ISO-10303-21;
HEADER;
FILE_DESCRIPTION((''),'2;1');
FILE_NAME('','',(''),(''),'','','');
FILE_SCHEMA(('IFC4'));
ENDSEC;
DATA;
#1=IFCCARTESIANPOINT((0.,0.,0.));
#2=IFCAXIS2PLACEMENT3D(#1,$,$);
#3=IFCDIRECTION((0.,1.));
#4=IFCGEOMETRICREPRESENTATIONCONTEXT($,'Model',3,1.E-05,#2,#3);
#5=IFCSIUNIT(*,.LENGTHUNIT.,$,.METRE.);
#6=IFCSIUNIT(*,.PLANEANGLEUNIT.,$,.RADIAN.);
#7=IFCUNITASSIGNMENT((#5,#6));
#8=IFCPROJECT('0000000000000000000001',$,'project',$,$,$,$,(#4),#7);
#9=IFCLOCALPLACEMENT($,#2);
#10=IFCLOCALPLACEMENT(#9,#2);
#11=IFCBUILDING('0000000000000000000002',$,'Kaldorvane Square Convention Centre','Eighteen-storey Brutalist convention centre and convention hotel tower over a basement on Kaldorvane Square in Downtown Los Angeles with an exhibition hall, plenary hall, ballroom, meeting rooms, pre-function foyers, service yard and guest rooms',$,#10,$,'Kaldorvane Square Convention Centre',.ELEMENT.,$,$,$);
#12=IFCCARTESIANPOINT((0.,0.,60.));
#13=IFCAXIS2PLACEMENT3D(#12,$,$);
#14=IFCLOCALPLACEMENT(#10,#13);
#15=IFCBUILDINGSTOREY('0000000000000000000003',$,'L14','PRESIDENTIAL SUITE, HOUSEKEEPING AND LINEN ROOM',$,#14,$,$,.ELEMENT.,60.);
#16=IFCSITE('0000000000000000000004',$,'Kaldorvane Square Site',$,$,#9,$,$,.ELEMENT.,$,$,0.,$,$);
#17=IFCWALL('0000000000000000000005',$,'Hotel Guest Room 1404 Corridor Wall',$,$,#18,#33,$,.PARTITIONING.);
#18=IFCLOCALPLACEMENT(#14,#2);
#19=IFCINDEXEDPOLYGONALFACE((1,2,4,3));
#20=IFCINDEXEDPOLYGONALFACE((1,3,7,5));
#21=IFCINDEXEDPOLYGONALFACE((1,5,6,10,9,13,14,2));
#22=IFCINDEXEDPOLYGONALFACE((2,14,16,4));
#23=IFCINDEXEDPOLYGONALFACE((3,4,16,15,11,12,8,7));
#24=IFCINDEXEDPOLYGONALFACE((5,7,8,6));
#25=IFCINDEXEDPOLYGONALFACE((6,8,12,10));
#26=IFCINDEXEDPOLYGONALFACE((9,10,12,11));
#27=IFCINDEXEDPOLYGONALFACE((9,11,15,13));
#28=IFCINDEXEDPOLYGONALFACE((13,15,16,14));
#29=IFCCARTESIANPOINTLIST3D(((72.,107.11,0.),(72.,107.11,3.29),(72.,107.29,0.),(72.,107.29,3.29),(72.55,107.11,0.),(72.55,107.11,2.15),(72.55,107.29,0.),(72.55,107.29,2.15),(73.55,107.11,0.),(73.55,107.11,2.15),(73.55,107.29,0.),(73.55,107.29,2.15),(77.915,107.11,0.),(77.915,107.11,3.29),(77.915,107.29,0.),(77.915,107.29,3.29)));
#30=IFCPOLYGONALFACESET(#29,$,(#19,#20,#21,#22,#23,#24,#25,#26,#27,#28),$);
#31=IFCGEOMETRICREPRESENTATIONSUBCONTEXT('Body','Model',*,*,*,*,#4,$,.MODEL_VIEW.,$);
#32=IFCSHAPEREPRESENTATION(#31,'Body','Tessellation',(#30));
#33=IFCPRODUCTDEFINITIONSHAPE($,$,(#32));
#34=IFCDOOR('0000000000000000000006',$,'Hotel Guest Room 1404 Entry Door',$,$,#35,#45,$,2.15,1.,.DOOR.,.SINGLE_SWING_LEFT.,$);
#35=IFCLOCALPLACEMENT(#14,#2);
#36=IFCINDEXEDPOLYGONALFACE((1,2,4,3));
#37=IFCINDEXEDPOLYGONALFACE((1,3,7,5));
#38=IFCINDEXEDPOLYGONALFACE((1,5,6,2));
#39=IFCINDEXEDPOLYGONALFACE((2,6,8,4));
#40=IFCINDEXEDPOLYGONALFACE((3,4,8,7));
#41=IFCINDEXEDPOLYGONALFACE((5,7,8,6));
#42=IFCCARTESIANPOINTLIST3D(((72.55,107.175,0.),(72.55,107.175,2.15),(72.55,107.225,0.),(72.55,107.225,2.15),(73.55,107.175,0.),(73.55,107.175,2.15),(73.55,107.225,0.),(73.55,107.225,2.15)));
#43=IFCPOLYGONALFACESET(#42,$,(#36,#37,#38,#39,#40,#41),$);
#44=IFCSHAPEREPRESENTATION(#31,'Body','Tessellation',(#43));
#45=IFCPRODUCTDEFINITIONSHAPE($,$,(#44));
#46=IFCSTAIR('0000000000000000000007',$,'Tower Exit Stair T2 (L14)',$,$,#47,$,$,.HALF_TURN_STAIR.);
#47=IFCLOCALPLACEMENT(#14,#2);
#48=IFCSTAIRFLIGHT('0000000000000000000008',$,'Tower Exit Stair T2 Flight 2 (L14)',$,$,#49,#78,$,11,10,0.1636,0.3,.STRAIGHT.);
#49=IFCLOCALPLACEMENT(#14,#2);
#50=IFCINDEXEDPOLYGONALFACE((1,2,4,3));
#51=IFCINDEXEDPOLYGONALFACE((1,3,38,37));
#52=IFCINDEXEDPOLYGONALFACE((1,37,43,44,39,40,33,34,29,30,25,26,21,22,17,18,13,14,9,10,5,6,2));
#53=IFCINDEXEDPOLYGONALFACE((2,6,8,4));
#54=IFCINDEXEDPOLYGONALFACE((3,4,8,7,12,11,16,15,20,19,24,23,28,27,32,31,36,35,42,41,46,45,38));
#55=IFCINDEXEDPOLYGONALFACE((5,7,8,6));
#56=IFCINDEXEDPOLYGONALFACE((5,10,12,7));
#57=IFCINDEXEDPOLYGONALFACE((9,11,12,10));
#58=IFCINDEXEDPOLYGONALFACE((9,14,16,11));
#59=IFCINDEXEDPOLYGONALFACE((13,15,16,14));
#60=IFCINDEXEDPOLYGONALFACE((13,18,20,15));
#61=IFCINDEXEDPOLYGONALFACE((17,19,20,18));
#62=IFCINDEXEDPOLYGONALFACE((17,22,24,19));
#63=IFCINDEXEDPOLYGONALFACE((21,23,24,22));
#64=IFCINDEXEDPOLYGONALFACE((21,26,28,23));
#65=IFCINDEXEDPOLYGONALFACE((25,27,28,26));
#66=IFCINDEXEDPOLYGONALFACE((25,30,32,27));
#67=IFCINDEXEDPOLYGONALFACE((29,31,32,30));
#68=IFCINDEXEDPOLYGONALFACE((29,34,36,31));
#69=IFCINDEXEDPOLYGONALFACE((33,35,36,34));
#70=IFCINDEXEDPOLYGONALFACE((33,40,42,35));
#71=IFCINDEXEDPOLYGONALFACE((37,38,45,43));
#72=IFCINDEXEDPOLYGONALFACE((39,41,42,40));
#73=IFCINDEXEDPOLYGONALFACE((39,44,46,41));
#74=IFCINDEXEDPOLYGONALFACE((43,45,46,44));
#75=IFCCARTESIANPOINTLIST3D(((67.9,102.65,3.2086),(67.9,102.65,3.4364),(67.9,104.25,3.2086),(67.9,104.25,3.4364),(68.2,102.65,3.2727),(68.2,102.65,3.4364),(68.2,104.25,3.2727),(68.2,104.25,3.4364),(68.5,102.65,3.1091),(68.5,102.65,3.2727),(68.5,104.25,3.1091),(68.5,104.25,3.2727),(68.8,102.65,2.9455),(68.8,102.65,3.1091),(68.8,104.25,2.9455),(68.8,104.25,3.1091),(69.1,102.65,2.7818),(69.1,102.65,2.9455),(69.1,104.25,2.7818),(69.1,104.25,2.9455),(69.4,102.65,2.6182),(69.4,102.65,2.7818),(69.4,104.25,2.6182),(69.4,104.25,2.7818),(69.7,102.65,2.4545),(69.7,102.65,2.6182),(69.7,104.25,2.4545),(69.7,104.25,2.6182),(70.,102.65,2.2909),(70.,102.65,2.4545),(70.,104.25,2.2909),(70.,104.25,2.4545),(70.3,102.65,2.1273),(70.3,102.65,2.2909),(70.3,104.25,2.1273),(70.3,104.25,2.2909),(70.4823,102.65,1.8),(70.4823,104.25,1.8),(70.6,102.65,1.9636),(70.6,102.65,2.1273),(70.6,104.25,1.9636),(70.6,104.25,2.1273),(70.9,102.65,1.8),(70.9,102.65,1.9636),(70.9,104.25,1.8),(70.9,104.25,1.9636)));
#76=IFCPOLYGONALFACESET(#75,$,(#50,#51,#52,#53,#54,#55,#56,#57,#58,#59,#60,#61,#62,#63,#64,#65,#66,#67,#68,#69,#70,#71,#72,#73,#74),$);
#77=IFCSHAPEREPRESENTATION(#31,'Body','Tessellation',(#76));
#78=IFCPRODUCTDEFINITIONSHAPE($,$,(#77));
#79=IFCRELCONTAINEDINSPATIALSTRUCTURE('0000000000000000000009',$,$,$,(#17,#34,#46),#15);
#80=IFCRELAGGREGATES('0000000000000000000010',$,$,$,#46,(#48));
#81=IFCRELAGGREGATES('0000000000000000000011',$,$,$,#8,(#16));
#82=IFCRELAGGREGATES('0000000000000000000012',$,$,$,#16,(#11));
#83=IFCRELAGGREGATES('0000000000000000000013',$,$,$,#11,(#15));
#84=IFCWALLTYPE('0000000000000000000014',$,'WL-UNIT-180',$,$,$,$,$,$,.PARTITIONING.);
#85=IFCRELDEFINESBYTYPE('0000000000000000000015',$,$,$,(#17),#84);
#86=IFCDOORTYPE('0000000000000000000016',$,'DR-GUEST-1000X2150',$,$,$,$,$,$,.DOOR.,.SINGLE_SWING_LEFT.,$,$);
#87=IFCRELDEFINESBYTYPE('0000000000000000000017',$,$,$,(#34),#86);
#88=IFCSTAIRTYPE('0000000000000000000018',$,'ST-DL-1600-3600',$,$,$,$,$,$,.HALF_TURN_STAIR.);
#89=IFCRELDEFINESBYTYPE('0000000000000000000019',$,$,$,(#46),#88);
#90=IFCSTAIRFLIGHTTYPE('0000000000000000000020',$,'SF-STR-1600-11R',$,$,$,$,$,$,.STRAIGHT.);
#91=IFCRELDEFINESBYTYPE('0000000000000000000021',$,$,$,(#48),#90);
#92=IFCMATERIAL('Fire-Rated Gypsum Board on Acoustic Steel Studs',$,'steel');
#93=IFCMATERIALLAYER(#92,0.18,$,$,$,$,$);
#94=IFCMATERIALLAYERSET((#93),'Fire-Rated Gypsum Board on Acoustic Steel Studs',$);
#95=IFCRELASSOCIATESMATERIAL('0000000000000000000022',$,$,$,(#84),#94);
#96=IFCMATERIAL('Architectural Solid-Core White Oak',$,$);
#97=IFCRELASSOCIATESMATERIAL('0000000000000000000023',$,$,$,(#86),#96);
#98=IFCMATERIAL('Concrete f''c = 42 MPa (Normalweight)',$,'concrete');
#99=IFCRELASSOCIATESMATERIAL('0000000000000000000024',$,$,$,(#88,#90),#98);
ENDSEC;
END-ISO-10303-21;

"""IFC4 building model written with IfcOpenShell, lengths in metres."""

from ifc_helpers import new_model, si_unit, direction, frame, frame_2d, origin, place, context, subcontext, project, spatial, polyline, rectangle, outline, extrude, material, layer, layer_set, type_object, element, fill, aggregate, save


model = new_model("IFC4")

# Units and contexts
model_context = context("Model", 3, precision=1e-05, world=origin(), true_north=direction((0.0, 1.0)))
body_context = subcontext(model_context, "Body", "Model", "MODEL_VIEW")
ifc_project = project(units=[si_unit("LENGTHUNIT", "METRE"), si_unit("PLANEANGLEUNIT", "RADIAN")], contexts=[model_context])

# Site, building, storey
site_placement = place(None, origin())
site = spatial("IfcSite", under=ifc_project, at=site_placement, Name="Kaldorvane Square Site", CompositionType="ELEMENT", RefElevation=0.0)
building_placement = place(site_placement, origin())
building = spatial("IfcBuilding", under=site, at=building_placement, Name="Kaldorvane Square Convention Centre", Description="Eighteen-storey Brutalist convention centre and convention hotel tower over a basement on Kaldorvane Square in Downtown Los Angeles with an exhibition hall, plenary hall, ballroom, meeting rooms, pre-function foyers, service yard and guest rooms", LongName="Kaldorvane Square Convention Centre", CompositionType="ELEMENT")
storey_placement = place(building_placement, frame((0.0, 0.0, 60.0)))
storey = spatial("IfcBuildingStorey", under=building, at=storey_placement, Name="L14", Description="PRESIDENTIAL SUITE, HOUSEKEEPING AND LINEN ROOM", CompositionType="ELEMENT", Elevation=60.0)

# Shared definitions
ifc_material_1 = material(Name="Concrete f'c = 42 MPa (Normalweight)", Category="concrete")

# Shared definitions
ifc_material_2 = material(Name="Fire-Rated Gypsum Board on Acoustic Steel Studs", Category="steel")
ifc_material_3 = material(Name="Architectural Solid-Core White Oak")

# Shared definitions
ifc_layer_1 = layer(ifc_material_2, 0.18)
ifc_layer_set_1 = layer_set([ifc_layer_1], Name="Fire-Rated Gypsum Board on Acoustic Steel Studs")
wall_type_1 = type_object("IfcWallType", Name="WL-UNIT-180", PredefinedType="PARTITIONING", material=ifc_layer_set_1)

# Wall, opening, door
wall_1_placement = place(storey_placement, frame((72.0, 107.2, 0.0), z_axis=(0.0, 0.0, 1.0), x_axis=(1.0, 0.0, 0.0)))
wall_1 = element("IfcWall", 1, at=wall_1_placement, inside=storey, type_object=wall_type_1, Name="Hotel Guest Room 1404 Corridor Wall", PredefinedType="PARTITIONING", context=body_context, shape_type="SweptSolid", body=[
    extrude(rectangle(XDim=5.915, YDim=0.18, at=frame_2d((2.9575, 0.0))), origin(), (0.0, 0.0, 1.0), 3.29),
])
opening_1_placement = place(wall_1_placement, frame((0.55, 0.0, 0.0)))
opening_1 = element("IfcOpeningElement", 2, at=opening_1_placement, cuts=wall_1, PredefinedType="OPENING", context=body_context, shape_type="SweptSolid", body=[
    extrude(rectangle(XDim=1.0, YDim=2.15, at=frame_2d((0.5, 1.075))), frame((0.0, 0.105, 0.0), z_axis=(0.0, -1.0, 0.0), x_axis=(1.0, 0.0, 0.0)), (0.0, 0.0, 1.0), 0.21),
])
door_type_1 = type_object("IfcDoorType", Name="DR-GUEST-1000X2150", OperationType="SINGLE_SWING_LEFT", PredefinedType="DOOR", material=ifc_material_3)
door_1_placement = place(opening_1_placement, origin())
door_1 = element("IfcDoor", 3, at=door_1_placement, inside=storey, type_object=door_type_1, Name="Hotel Guest Room 1404 Entry Door", OperationType="SINGLE_SWING_LEFT", OverallHeight=2.15, OverallWidth=1.0, PredefinedType="DOOR", context=body_context, shape_type="SweptSolid", body=[
    extrude(rectangle(XDim=1.0, YDim=2.15, at=frame_2d((0.5, 1.075))), frame((0.0, 0.025, 0.0), z_axis=(0.0, -1.0, 0.0), x_axis=(1.0, 0.0, 0.0)), (0.0, 0.0, 1.0), 0.05),
])
fill(opening_1, door_1)

# Stair, stair flight
stair_type = type_object("IfcStairType", Name="ST-DL-1600-3600", PredefinedType="HALF_TURN_STAIR", material=ifc_material_1)
stair_placement = place(storey_placement, origin())
stair = element("IfcStair", 4, at=stair_placement, inside=storey, type_object=stair_type, Name="Tower Exit Stair T2 (L14)", PredefinedType="HALF_TURN_STAIR")
stair_flight_type = type_object("IfcStairFlightType", Name="SF-STR-1600-11R", PredefinedType="STRAIGHT", material=ifc_material_1)
stair_flight_placement = place(storey_placement, frame((70.9, 103.45, 1.8), z_axis=(0.0, 0.0, 1.0), x_axis=(-1.0, 0.0, 0.0)))
stair_flight = element("IfcStairFlight", 5, at=stair_flight_placement, type_object=stair_flight_type, Name="Tower Exit Stair T2 Flight 2 (L14)", NumberOfRisers=11, NumberOfTreads=10, PredefinedType="STRAIGHT", RiserHeight=0.1636, TreadLength=0.3, context=body_context, shape_type="SweptSolid", body=[
    extrude(outline(polyline([(0.0, 0.0), (0.0, 0.1636), (0.3, 0.1636), (0.3, 0.3273), (0.6, 0.3273), (0.6, 0.4909), (0.9, 0.4909), (0.9, 0.6545), (1.2, 0.6545), (1.2, 0.8182), (1.5, 0.8182), (1.5, 0.9818), (1.8, 0.9818), (1.8, 1.1455), (2.1, 1.1455), (2.1, 1.3091), (2.4, 1.3091), (2.4, 1.4727), (2.7, 1.4727), (2.7, 1.6364), (3.0, 1.6364), (3.0, 1.8), (3.0, 1.4086), (0.4177, 0.0), (0.0, 0.0)])), frame((0.0, 0.8, 0.0), z_axis=(0.0, -1.0, 0.0), x_axis=(1.0, 0.0, 0.0)), (0.0, 0.0, 1.0), 1.6),
])
aggregate(stair, [stair_flight])

save(model, "model.ifc")
